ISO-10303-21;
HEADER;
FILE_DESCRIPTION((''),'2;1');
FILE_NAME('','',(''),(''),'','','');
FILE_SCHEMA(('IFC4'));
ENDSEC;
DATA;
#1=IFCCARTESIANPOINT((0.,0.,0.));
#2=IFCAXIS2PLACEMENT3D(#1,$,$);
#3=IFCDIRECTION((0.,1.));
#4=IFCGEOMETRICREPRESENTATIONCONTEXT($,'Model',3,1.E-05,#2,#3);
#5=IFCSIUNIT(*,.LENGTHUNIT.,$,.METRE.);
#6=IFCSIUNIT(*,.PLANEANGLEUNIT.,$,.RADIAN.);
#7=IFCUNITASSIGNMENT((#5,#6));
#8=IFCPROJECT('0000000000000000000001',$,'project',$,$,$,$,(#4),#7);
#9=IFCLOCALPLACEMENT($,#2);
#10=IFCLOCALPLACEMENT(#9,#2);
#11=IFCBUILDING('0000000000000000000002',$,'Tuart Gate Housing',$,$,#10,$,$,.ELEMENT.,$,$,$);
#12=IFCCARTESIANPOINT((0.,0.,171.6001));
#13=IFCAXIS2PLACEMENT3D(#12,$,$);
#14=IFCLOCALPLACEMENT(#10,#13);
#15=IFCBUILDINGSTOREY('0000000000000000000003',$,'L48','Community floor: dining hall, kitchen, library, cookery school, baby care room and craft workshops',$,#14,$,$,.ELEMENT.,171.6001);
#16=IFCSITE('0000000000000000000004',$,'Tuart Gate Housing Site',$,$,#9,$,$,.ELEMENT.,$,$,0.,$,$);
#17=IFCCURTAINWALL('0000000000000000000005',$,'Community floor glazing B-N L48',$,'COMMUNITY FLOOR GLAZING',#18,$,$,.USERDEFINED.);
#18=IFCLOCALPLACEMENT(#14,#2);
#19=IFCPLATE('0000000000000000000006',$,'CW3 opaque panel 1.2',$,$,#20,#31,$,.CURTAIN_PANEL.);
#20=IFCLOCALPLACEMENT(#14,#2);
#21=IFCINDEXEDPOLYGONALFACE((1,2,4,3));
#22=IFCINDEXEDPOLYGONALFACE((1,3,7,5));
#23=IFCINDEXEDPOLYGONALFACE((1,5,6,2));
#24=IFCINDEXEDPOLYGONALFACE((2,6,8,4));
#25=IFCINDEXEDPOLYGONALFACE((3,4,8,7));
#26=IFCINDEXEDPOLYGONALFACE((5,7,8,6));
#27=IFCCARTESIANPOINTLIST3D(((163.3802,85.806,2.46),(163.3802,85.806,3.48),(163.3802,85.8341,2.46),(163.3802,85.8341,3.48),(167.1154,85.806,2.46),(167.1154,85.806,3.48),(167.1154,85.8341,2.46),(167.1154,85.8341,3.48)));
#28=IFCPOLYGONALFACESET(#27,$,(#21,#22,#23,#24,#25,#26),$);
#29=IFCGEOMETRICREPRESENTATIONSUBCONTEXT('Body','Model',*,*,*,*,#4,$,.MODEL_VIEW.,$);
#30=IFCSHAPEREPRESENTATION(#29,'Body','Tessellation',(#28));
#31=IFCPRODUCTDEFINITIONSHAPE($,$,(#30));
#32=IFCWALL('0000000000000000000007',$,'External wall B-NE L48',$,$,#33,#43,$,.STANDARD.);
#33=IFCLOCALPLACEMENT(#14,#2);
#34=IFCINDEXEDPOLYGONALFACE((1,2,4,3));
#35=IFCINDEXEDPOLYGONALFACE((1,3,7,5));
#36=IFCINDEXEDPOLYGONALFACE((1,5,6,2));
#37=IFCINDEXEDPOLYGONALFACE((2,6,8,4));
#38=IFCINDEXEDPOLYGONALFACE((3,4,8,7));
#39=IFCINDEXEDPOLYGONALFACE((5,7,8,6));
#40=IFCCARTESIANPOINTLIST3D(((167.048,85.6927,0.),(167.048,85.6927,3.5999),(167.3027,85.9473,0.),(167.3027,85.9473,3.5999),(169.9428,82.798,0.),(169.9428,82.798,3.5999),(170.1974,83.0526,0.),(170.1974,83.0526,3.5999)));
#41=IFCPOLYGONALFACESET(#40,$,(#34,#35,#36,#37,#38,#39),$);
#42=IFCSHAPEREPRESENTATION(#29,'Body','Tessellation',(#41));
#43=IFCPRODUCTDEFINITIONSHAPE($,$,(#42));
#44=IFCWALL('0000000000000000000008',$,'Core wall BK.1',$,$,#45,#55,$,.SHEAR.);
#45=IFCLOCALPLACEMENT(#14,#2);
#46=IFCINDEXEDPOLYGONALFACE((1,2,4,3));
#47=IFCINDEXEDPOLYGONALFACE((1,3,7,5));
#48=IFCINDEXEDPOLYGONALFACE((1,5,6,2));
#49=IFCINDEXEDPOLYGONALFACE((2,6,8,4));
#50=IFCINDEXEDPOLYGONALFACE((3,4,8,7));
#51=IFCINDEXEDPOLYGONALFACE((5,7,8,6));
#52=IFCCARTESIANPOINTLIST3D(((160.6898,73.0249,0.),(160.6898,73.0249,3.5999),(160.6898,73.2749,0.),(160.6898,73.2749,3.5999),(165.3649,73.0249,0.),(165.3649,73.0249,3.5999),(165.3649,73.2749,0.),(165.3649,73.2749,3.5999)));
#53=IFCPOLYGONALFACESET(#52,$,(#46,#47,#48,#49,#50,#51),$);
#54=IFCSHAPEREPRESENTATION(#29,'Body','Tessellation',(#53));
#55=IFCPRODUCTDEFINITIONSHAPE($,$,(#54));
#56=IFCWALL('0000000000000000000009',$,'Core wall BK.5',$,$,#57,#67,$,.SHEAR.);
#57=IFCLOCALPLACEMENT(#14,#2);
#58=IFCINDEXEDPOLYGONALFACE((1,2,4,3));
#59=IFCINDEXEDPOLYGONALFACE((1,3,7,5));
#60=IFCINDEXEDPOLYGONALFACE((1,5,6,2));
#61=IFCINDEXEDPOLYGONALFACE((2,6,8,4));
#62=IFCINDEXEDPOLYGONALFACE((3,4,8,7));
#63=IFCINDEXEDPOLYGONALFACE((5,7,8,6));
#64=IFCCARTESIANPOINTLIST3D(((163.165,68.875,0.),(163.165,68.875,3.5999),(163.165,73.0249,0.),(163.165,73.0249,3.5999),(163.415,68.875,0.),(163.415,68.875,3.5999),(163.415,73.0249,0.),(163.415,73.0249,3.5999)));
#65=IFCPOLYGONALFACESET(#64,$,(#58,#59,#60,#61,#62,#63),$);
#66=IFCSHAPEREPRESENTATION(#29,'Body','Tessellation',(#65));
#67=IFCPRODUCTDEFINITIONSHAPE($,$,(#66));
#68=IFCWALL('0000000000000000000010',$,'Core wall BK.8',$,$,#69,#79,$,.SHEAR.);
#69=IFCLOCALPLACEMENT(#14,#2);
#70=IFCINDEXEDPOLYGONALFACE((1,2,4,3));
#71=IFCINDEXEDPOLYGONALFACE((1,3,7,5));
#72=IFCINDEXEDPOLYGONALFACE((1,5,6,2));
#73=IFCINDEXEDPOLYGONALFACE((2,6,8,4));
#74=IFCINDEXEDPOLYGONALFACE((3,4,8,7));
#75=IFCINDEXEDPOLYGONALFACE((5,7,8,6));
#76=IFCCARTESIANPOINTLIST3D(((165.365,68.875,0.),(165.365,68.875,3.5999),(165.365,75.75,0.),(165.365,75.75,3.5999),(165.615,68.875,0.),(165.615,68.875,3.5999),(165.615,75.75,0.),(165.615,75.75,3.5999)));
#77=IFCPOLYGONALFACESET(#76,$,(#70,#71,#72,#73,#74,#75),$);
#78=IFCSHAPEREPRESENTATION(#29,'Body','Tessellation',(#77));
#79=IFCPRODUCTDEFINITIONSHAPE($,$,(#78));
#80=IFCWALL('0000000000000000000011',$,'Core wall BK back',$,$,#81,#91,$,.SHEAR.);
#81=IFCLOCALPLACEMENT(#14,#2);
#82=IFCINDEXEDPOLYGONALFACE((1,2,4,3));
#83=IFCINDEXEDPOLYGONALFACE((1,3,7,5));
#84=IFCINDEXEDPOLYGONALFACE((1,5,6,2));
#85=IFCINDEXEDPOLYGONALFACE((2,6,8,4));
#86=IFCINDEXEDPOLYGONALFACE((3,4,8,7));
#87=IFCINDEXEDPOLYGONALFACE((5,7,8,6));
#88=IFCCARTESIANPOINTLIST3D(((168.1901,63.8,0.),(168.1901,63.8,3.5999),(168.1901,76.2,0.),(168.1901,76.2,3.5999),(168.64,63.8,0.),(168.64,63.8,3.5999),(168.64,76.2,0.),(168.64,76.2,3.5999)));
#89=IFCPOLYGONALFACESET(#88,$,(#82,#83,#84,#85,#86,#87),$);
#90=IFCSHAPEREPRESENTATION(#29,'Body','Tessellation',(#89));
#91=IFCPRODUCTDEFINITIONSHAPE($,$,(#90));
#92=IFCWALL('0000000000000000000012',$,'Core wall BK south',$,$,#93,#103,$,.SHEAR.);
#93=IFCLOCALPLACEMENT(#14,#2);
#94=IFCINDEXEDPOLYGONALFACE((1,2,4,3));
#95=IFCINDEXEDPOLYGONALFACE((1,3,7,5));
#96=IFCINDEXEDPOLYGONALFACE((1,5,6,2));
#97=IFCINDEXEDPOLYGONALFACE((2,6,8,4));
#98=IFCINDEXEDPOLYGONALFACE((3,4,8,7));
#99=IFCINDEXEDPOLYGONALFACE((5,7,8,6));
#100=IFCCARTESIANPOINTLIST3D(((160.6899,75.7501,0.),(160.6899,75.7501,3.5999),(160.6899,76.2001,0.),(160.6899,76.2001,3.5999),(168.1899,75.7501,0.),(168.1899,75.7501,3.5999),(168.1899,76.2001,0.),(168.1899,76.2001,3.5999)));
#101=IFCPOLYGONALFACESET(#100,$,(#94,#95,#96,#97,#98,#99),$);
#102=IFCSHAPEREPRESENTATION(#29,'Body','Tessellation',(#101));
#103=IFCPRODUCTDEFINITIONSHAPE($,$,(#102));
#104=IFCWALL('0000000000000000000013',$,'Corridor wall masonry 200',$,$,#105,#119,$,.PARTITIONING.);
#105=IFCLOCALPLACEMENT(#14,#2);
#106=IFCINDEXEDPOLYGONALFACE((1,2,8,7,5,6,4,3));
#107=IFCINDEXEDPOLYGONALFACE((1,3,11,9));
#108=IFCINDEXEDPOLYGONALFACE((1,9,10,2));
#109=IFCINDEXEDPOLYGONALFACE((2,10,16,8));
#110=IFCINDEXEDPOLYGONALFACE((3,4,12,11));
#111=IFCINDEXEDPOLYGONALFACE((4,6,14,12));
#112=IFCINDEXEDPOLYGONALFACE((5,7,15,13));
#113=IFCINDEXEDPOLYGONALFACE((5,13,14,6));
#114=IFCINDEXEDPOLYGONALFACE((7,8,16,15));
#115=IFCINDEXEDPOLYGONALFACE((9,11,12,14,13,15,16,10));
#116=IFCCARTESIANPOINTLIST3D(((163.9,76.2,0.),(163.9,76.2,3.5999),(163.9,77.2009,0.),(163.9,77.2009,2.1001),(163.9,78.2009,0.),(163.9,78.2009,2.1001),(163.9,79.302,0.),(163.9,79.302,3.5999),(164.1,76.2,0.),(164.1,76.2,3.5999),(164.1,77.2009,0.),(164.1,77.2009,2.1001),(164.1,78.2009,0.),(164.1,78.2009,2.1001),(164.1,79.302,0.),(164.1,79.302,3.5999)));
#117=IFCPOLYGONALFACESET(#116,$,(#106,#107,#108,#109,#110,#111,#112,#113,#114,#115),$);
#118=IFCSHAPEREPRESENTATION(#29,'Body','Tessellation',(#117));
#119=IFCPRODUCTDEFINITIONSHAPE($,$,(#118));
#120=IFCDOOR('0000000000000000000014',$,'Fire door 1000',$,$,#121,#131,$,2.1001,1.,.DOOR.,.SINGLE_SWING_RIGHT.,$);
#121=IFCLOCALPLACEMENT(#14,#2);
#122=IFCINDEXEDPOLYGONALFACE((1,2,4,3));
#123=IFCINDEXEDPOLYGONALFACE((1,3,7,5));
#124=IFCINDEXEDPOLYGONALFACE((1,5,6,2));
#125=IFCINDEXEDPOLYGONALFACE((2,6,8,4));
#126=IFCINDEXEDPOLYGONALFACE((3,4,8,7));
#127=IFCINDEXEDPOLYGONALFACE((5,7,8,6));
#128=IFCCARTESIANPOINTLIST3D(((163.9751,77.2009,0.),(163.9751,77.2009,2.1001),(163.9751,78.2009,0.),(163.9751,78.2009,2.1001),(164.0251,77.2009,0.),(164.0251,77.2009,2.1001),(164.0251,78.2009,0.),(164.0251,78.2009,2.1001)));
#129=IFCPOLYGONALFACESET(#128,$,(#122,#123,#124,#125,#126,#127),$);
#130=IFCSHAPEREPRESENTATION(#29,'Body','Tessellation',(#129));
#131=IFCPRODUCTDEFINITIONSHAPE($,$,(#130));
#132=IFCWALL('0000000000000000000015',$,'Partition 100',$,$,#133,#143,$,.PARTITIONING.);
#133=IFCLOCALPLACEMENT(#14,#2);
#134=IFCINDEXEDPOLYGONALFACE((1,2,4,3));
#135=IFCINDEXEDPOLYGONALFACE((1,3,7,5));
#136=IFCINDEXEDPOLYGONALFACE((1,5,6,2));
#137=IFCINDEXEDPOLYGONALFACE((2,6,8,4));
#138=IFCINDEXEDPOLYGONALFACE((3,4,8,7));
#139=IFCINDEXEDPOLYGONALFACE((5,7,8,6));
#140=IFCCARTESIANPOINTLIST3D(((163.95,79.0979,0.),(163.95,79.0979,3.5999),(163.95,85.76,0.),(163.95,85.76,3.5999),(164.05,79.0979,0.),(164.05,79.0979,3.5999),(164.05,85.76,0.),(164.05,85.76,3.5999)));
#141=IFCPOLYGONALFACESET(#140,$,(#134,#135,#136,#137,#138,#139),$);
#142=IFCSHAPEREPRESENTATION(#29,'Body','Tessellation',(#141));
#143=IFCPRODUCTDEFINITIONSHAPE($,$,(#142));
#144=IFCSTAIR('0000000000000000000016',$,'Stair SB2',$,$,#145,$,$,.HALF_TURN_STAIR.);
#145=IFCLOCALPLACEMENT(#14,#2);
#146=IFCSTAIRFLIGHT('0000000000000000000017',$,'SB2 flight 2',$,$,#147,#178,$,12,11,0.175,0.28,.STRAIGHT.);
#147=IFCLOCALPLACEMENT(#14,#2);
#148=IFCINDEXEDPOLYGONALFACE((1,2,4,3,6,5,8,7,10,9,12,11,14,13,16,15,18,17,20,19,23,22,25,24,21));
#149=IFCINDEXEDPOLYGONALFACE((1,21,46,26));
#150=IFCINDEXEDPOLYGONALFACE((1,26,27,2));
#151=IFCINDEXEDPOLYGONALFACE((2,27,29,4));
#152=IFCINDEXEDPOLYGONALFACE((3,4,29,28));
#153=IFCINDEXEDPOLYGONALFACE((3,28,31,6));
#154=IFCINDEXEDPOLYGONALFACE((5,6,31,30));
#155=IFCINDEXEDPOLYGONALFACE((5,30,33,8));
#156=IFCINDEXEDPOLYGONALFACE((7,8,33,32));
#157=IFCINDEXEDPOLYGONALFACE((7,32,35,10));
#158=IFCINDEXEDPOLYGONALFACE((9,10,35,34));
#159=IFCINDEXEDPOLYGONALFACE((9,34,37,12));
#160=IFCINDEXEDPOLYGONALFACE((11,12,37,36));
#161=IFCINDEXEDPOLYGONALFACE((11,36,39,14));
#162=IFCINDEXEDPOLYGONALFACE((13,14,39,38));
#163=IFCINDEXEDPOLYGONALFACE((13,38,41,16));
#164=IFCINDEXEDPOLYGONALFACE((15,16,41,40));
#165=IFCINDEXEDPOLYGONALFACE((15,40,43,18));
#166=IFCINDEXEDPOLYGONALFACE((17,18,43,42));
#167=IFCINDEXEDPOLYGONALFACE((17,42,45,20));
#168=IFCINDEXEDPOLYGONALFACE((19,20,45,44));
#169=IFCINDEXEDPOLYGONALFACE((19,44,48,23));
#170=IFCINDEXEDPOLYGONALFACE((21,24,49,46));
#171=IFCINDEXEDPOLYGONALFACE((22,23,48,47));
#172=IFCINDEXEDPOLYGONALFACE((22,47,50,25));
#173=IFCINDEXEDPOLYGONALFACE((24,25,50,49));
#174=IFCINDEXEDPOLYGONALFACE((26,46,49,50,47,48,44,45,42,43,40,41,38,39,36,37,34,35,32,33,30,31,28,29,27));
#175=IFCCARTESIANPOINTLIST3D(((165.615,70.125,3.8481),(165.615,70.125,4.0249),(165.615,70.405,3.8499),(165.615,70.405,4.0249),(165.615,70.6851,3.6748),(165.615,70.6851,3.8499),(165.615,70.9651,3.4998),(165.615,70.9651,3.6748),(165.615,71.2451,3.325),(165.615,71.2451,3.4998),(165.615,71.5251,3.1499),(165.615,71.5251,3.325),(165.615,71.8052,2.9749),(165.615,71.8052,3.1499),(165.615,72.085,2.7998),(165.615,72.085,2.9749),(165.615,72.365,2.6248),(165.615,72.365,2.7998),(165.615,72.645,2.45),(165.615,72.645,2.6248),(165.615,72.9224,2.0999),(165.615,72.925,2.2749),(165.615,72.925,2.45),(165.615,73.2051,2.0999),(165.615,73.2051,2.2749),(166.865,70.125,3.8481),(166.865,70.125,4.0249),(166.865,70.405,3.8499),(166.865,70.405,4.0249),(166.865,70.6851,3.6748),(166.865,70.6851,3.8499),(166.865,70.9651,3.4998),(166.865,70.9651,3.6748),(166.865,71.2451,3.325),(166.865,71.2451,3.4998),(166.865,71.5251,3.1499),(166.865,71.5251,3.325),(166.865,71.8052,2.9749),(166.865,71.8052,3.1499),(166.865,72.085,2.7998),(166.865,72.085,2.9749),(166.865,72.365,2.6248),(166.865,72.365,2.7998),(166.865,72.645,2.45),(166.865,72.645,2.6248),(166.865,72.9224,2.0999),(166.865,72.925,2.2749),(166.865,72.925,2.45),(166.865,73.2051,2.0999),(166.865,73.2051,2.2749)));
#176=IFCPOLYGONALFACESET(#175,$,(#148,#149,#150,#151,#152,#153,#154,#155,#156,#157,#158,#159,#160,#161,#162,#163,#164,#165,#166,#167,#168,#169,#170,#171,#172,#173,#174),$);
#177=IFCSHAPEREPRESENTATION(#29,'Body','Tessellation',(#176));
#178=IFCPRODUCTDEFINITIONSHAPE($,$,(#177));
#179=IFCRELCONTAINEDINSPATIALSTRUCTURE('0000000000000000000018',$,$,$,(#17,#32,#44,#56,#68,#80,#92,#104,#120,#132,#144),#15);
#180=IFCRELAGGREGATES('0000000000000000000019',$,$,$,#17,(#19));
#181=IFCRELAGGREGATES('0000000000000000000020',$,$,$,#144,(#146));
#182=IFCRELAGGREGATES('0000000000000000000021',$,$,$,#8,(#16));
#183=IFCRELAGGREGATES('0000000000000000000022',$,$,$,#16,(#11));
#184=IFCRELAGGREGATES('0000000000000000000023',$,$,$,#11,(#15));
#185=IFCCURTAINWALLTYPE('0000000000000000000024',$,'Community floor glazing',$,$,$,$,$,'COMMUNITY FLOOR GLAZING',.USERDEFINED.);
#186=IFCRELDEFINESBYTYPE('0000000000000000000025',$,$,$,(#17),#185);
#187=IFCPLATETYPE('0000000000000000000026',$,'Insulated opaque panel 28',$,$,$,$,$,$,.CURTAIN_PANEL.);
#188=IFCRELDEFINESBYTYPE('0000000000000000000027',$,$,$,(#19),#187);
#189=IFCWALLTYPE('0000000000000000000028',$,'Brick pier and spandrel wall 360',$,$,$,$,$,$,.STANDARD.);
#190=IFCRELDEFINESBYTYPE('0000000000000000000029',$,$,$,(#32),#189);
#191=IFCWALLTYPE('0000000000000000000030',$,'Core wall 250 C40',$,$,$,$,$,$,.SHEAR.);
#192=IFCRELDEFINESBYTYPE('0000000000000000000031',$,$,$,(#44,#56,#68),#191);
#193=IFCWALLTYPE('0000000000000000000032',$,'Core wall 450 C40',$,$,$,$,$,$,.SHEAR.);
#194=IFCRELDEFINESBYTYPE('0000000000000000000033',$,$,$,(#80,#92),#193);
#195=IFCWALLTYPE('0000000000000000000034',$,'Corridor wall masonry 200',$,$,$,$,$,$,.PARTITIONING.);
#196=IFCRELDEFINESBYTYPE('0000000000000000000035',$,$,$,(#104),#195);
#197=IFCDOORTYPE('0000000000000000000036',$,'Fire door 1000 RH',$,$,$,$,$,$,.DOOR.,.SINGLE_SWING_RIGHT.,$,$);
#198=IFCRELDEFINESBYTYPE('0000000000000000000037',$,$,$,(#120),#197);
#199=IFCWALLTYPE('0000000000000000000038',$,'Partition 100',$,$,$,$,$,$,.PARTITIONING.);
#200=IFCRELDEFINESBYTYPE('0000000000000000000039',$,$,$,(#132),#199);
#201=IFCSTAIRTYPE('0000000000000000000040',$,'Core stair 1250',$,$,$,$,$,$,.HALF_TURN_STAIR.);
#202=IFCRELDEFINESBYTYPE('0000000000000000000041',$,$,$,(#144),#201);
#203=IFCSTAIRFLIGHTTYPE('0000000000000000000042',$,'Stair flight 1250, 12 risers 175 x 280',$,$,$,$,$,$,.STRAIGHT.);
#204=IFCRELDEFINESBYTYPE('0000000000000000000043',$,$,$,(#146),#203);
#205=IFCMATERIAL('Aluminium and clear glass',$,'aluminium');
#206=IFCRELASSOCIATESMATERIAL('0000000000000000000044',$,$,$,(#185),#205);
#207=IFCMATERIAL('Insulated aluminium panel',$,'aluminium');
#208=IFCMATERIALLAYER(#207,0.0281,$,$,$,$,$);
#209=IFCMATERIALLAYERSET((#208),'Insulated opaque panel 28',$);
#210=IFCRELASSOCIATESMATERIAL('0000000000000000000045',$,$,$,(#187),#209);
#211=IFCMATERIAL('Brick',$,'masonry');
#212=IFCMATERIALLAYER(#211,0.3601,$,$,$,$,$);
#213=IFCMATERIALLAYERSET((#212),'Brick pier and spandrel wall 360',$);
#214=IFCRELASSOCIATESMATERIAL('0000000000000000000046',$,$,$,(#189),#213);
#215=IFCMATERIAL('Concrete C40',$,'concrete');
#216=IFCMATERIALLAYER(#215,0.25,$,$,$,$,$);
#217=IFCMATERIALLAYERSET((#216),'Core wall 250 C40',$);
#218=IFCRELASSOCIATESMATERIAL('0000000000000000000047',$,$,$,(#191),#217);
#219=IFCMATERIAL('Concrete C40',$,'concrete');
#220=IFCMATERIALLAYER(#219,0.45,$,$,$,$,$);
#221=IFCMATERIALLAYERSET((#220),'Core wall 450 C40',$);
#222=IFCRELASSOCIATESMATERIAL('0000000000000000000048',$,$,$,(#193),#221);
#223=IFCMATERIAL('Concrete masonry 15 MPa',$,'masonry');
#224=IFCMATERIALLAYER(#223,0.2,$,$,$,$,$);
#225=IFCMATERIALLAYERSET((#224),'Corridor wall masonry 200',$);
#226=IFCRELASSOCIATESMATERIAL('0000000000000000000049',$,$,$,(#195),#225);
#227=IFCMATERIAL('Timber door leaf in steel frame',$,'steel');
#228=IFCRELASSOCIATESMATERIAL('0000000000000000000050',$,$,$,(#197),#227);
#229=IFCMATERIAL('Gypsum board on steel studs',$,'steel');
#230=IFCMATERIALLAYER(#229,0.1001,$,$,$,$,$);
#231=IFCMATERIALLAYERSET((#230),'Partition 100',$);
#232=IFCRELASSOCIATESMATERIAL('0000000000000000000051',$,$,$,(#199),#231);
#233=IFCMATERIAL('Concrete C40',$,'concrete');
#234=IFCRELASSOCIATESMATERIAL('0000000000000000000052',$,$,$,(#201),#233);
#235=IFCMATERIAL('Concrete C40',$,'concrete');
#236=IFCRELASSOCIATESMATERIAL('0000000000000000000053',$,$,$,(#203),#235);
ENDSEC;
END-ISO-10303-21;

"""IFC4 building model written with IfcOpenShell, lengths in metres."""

from ifc_helpers import new_model, si_unit, direction, frame, frame_2d, origin, origin_2d, place, context, subcontext, project, spatial, polyline, rectangle, outline, extrude, material, layer, layer_set, type_object, element, fill, aggregate, save


model = new_model("IFC4")

# Units and contexts
model_context = context("Model", 3, precision=1e-05, world=origin(), true_north=direction((0.0, 1.0)))
body_context = subcontext(model_context, "Body", "Model", "MODEL_VIEW")
ifc_project = project(units=[si_unit("LENGTHUNIT", "METRE"), si_unit("PLANEANGLEUNIT", "RADIAN")], contexts=[model_context])

# Site, building, storey
site_placement = place(None, origin())
site = spatial("IfcSite", under=ifc_project, at=site_placement, Name="Tuart Gate Housing Site", CompositionType="ELEMENT", RefElevation=0.0)
building_placement = place(site_placement, origin())
building = spatial("IfcBuilding", under=site, at=building_placement, Name="Tuart Gate Housing", CompositionType="ELEMENT")
storey_placement = place(building_placement, frame((0.0, 0.0, 171.6001)))
storey = spatial("IfcBuildingStorey", under=building, at=storey_placement, Name="L48", Description="Community floor: dining hall, kitchen, library, cookery school, baby care room and craft workshops", CompositionType="ELEMENT", Elevation=171.6001)

# Curtain wall, plate
ifc_material_1 = material(Name="Aluminium and clear glass", Category="aluminium")
curtain_wall_type = type_object("IfcCurtainWallType", Name="Community floor glazing", ElementType="COMMUNITY FLOOR GLAZING", PredefinedType="USERDEFINED", material=ifc_material_1)
curtain_wall_placement = place(storey_placement, origin())
curtain_wall = element("IfcCurtainWall", 1, at=curtain_wall_placement, inside=storey, type_object=curtain_wall_type, Name="Community floor glazing B-N L48", ObjectType="COMMUNITY FLOOR GLAZING", PredefinedType="USERDEFINED")
ifc_material_2 = material(Name="Insulated aluminium panel", Category="aluminium")
ifc_layer_1 = layer(ifc_material_2, 0.0281)
ifc_layer_set_1 = layer_set([ifc_layer_1], Name="Insulated opaque panel 28")
plate_type_1 = type_object("IfcPlateType", Name="Insulated opaque panel 28", PredefinedType="CURTAIN_PANEL", material=ifc_layer_set_1)
plate_1_placement = place(storey_placement, frame((165.2478, 85.8201, 2.46), z_axis=(0.0, 0.0, 1.0), x_axis=(-1.0, 0.0, 0.0)))
plate_1 = element("IfcPlate", 2, at=plate_1_placement, type_object=plate_type_1, Name="CW3 opaque panel 1.2", PredefinedType="CURTAIN_PANEL", context=body_context, shape_type="SweptSolid", body=[
    extrude(rectangle(XDim=3.7351, YDim=0.0281, at=origin_2d()), origin(), (0.0, 0.0, 1.0), 1.02),
])
aggregate(curtain_wall, [plate_1])

# Walls
ifc_material_3 = material(Name="Brick", Category="masonry")
ifc_layer_2 = layer(ifc_material_3, 0.3601)
ifc_layer_set_2 = layer_set([ifc_layer_2], Name="Brick pier and spandrel wall 360")
wall_type_1 = type_object("IfcWallType", Name="Brick pier and spandrel wall 360", PredefinedType="STANDARD", material=ifc_layer_set_2)
wall_1_placement = place(storey_placement, frame((170.0701, 82.9253, 0.0), z_axis=(0.0, 0.0, 1.0), x_axis=(-0.707107, 0.707107, 0.0)))
element("IfcWall", 3, at=wall_1_placement, inside=storey, type_object=wall_type_1, Name="External wall B-NE L48", PredefinedType="STANDARD", context=body_context, shape_type="SweptSolid", body=[
    extrude(rectangle(XDim=4.0938, YDim=0.3601, at=frame_2d((2.0469, 0.0))), origin(), (0.0, 0.0, 1.0), 3.5999),
])
ifc_material_4 = material(Name="Concrete C40", Category="concrete")
ifc_layer_3 = layer(ifc_material_4, 0.25)
ifc_layer_set_3 = layer_set([ifc_layer_3], Name="Core wall 250 C40")
wall_type_2 = type_object("IfcWallType", Name="Core wall 250 C40", PredefinedType="SHEAR", material=ifc_layer_set_3)
wall_2_placement = place(storey_placement, frame((160.6899, 73.1499, 0.0), z_axis=(0.0, 0.0, 1.0), x_axis=(1.0, 0.0, 0.0)))
element("IfcWall", 4, at=wall_2_placement, inside=storey, type_object=wall_type_2, Name="Core wall BK.1", PredefinedType="SHEAR", context=body_context, shape_type="SweptSolid", body=[
    extrude(rectangle(XDim=4.675, YDim=0.25, at=frame_2d((2.3374, 0.0))), origin(), (0.0, 0.0, 1.0), 3.5999),
])
wall_3_placement = place(storey_placement, frame((163.29, 73.0249, 0.0), z_axis=(0.0, 0.0, 1.0), x_axis=(0.0, -1.0, 0.0)))
element("IfcWall", 5, at=wall_3_placement, inside=storey, type_object=wall_type_2, Name="Core wall BK.5", PredefinedType="SHEAR", context=body_context, shape_type="SweptSolid", body=[
    extrude(rectangle(XDim=4.1499, YDim=0.25, at=frame_2d((2.075, 0.0))), origin(), (0.0, 0.0, 1.0), 3.5999),
])
wall_4_placement = place(storey_placement, frame((165.49, 75.75, 0.0), z_axis=(0.0, 0.0, 1.0), x_axis=(0.0, -1.0, 0.0)))
element("IfcWall", 6, at=wall_4_placement, inside=storey, type_object=wall_type_2, Name="Core wall BK.8", PredefinedType="SHEAR", context=body_context, shape_type="SweptSolid", body=[
    extrude(rectangle(XDim=6.875, YDim=0.25, at=frame_2d((3.4375, 0.0))), origin(), (0.0, 0.0, 1.0), 3.5999),
])
ifc_material_5 = material(Name="Concrete C40", Category="concrete")
ifc_layer_4 = layer(ifc_material_5, 0.45)
ifc_layer_set_4 = layer_set([ifc_layer_4], Name="Core wall 450 C40")
wall_type_3 = type_object("IfcWallType", Name="Core wall 450 C40", PredefinedType="SHEAR", material=ifc_layer_set_4)
wall_5_placement = place(storey_placement, frame((168.415, 76.2, 0.0), z_axis=(0.0, 0.0, 1.0), x_axis=(0.0, -1.0, 0.0)))
element("IfcWall", 7, at=wall_5_placement, inside=storey, type_object=wall_type_3, Name="Core wall BK back", PredefinedType="SHEAR", context=body_context, shape_type="SweptSolid", body=[
    extrude(rectangle(XDim=12.3999, YDim=0.45, at=frame_2d((6.2, 0.0))), origin(), (0.0, 0.0, 1.0), 3.5999),
])
wall_6_placement = place(storey_placement, frame((160.6899, 75.9751, 0.0), z_axis=(0.0, 0.0, 1.0), x_axis=(1.0, 0.0, 0.0)))
element("IfcWall", 8, at=wall_6_placement, inside=storey, type_object=wall_type_3, Name="Core wall BK south", PredefinedType="SHEAR", context=body_context, shape_type="SweptSolid", body=[
    extrude(rectangle(XDim=7.5, YDim=0.45, at=frame_2d((3.75, 0.0))), origin(), (0.0, 0.0, 1.0), 3.5999),
])

# Wall, opening, door
ifc_material_6 = material(Name="Concrete masonry 15 MPa", Category="masonry")
ifc_layer_5 = layer(ifc_material_6, 0.2)
ifc_layer_set_5 = layer_set([ifc_layer_5], Name="Corridor wall masonry 200")
wall_type_4 = type_object("IfcWallType", Name="Corridor wall masonry 200", PredefinedType="PARTITIONING", material=ifc_layer_set_5)
wall_7_placement = place(storey_placement, frame((164.0, 76.2, 0.0), z_axis=(0.0, 0.0, 1.0), x_axis=(0.0, 1.0, 0.0)))
wall_7 = element("IfcWall", 9, at=wall_7_placement, inside=storey, type_object=wall_type_4, Name="Corridor wall masonry 200", PredefinedType="PARTITIONING", context=body_context, shape_type="SweptSolid", body=[
    extrude(rectangle(XDim=3.1021, YDim=0.2, at=frame_2d((1.551, 0.0))), origin(), (0.0, 0.0, 1.0), 3.5999),
])
opening_placement = place(wall_7_placement, frame((1.001, 0.0, 0.0)))
opening = element("IfcOpeningElement", 10, at=opening_placement, cuts=wall_7, PredefinedType="OPENING", context=body_context, shape_type="SweptSolid", body=[
    extrude(rectangle(XDim=1.0, YDim=2.1001, at=frame_2d((0.5, 1.05))), frame((0.0, 0.1099, 0.0), z_axis=(0.0, -1.0, 0.0), x_axis=(1.0, 0.0, 0.0)), (0.0, 0.0, 1.0), 0.22),
])
ifc_material_7 = material(Name="Timber door leaf in steel frame", Category="steel")
door_type = type_object("IfcDoorType", Name="Fire door 1000 RH", OperationType="SINGLE_SWING_RIGHT", PredefinedType="DOOR", material=ifc_material_7)
door_placement = place(opening_placement, frame((1.0, 0.0, 0.0), z_axis=(0.0, 0.0, 1.0), x_axis=(-1.0, 0.0, 0.0)))
door = element("IfcDoor", 11, at=door_placement, inside=storey, type_object=door_type, Name="Fire door 1000", OperationType="SINGLE_SWING_RIGHT", OverallHeight=2.1001, OverallWidth=1.0, PredefinedType="DOOR", context=body_context, shape_type="SweptSolid", body=[
    extrude(rectangle(XDim=1.0, YDim=2.1001, at=frame_2d((0.5, 1.05))), frame((0.0, 0.0251, 0.0), z_axis=(0.0, -1.0, 0.0), x_axis=(1.0, 0.0, 0.0)), (0.0, 0.0, 1.0), 0.05),
])
fill(opening, door)

# Wall
ifc_material_8 = material(Name="Gypsum board on steel studs", Category="steel")
ifc_layer_6 = layer(ifc_material_8, 0.1001)
ifc_layer_set_6 = layer_set([ifc_layer_6], Name="Partition 100")
wall_type_5 = type_object("IfcWallType", Name="Partition 100", PredefinedType="PARTITIONING", material=ifc_layer_set_6)
wall_8_placement = place(storey_placement, frame((164.0, 79.0979, 0.0), z_axis=(0.0, 0.0, 1.0), x_axis=(0.0, 1.0, 0.0)))
element("IfcWall", 12, at=wall_8_placement, inside=storey, type_object=wall_type_5, Name="Partition 100", PredefinedType="PARTITIONING", context=body_context, shape_type="SweptSolid", body=[
    extrude(rectangle(XDim=6.6621, YDim=0.1001, at=frame_2d((3.3311, 0.0))), origin(), (0.0, 0.0, 1.0), 3.5999),
])

# Stair, stair flight
ifc_material_9 = material(Name="Concrete C40", Category="concrete")
stair_type = type_object("IfcStairType", Name="Core stair 1250", PredefinedType="HALF_TURN_STAIR", material=ifc_material_9)
stair_placement = place(storey_placement, origin())
stair = element("IfcStair", 13, at=stair_placement, inside=storey, type_object=stair_type, Name="Stair SB2", PredefinedType="HALF_TURN_STAIR")
ifc_material_10 = material(Name="Concrete C40", Category="concrete")
stair_flight_type = type_object("IfcStairFlightType", Name="Stair flight 1250, 12 risers 175 x 280", PredefinedType="STRAIGHT", material=ifc_material_10)
stair_flight_placement = place(storey_placement, frame((166.24, 73.2051, 2.0999), z_axis=(0.0, 0.0, 1.0), x_axis=(0.0, -1.0, 0.0)))
stair_flight = element("IfcStairFlight", 14, at=stair_flight_placement, type_object=stair_flight_type, Name="SB2 flight 2", NumberOfRisers=12, NumberOfTreads=11, PredefinedType="STRAIGHT", RiserHeight=0.175, TreadLength=0.28, context=body_context, shape_type="SweptSolid", body=[
    extrude(outline(polyline([(0.0, 0.0), (0.0, 0.175), (0.28, 0.175), (0.28, 0.3501), (0.5601, 0.3501), (0.5601, 0.5249), (0.8401, 0.5249), (0.8401, 0.7), (1.1201, 0.7), (1.1201, 0.875), (1.3999, 0.875), (1.3999, 1.05), (1.6799, 1.05), (1.6799, 1.2251), (1.96, 1.2251), (1.96, 1.3999), (2.24, 1.3999), (2.24, 1.575), (2.52, 1.575), (2.52, 1.75), (2.8, 1.75), (2.8, 1.925), (3.0801, 1.925), (3.0801, 2.1001), (3.0801, 1.7483), (0.2827, 0.0), (0.0, 0.0)])), frame((0.0, 0.625, 0.0), z_axis=(0.0, -1.0, 0.0), x_axis=(1.0, 0.0, 0.0)), (0.0, 0.0, 1.0), 1.25),
])
aggregate(stair, [stair_flight])

save(model, "model.ifc")
